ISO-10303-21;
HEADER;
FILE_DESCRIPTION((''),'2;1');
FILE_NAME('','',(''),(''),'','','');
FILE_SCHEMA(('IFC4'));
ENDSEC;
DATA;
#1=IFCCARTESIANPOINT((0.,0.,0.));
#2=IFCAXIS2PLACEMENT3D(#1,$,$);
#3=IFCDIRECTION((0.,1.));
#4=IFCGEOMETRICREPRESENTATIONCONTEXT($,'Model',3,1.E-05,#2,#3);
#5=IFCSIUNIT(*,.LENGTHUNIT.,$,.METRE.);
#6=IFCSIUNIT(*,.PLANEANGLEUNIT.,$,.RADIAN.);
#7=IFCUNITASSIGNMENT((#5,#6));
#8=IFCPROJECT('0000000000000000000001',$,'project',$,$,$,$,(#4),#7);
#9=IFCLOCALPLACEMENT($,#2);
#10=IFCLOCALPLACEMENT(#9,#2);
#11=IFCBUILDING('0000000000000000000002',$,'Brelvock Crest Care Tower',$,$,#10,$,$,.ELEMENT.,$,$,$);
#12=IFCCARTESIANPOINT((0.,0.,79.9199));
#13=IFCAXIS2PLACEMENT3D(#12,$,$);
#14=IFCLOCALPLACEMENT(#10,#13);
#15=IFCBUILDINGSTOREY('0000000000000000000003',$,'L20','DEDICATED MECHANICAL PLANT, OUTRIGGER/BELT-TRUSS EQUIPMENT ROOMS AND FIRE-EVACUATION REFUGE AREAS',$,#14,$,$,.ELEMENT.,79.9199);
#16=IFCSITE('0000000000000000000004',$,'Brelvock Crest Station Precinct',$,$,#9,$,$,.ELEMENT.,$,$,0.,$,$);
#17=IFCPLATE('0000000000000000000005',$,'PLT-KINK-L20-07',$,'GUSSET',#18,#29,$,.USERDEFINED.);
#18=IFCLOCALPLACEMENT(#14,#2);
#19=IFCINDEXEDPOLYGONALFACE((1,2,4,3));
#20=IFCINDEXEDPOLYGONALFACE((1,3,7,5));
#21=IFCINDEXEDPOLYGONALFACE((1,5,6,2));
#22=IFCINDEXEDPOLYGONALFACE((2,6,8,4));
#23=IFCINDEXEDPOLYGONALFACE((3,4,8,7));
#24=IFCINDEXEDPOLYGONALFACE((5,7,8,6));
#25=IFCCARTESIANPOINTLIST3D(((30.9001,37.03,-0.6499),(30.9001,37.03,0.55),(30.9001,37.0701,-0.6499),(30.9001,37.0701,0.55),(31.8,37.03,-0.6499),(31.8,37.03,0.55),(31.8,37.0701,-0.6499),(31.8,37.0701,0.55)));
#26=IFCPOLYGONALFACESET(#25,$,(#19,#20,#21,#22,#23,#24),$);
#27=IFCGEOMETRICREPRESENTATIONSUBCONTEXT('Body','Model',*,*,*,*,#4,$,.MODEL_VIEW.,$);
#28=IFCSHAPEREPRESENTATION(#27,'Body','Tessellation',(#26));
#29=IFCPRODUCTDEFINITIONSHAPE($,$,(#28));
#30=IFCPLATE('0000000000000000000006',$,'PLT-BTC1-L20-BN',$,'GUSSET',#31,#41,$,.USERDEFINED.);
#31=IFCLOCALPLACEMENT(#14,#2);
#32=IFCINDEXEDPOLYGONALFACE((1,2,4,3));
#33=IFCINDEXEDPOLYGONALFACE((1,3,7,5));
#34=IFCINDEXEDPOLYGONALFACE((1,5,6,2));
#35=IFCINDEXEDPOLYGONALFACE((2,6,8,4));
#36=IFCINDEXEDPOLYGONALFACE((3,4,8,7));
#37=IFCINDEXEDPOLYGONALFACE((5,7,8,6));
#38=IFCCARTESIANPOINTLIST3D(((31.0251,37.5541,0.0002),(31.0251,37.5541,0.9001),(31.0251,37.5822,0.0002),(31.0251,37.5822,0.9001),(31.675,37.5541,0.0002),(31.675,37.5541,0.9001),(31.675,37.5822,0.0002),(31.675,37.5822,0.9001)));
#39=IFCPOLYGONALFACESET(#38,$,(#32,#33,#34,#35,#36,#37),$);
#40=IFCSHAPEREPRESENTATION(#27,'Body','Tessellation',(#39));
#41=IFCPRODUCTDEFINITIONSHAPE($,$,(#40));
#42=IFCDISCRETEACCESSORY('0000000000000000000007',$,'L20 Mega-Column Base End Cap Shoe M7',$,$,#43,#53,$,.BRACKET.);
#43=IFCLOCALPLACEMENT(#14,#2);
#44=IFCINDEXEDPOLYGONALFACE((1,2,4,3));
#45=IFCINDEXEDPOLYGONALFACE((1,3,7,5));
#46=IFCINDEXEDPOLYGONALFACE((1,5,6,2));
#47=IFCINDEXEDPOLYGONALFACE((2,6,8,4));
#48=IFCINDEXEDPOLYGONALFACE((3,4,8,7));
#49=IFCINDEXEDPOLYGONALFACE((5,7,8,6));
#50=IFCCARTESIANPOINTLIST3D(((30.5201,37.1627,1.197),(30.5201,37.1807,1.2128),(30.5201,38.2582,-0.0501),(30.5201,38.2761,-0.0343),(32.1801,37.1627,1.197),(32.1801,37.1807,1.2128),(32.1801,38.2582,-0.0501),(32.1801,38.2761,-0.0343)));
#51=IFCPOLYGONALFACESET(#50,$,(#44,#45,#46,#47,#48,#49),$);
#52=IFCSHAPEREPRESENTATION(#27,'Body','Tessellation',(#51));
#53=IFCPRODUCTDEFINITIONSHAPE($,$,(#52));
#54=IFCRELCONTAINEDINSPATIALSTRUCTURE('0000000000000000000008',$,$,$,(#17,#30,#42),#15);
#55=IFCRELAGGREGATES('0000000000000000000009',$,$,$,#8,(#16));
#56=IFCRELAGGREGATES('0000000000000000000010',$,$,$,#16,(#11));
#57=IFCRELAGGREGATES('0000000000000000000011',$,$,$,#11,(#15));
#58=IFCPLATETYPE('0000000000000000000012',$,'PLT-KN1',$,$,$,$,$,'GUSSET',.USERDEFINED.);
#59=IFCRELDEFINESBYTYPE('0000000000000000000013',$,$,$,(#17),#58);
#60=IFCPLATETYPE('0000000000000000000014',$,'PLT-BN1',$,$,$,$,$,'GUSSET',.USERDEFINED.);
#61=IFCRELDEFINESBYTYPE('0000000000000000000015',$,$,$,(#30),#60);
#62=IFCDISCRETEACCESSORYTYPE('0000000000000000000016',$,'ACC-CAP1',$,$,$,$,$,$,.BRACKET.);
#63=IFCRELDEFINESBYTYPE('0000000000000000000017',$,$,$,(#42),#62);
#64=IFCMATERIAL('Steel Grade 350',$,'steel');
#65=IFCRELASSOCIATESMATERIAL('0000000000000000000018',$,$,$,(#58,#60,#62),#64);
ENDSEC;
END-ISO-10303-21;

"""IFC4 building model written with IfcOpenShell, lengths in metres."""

from ifc_helpers import new_model, si_unit, direction, frame, origin, origin_2d, place, context, subcontext, project, spatial, rectangle, extrude, source, transform, mapped, material, material_profile, profile_set, type_object, element, save


model = new_model("IFC4")

# Units and contexts
model_context = context("Model", 3, precision=1e-05, world=origin(), true_north=direction((0.0, 1.0)))
body_context = subcontext(model_context, "Body", "Model", "MODEL_VIEW")
ifc_project = project(units=[si_unit("LENGTHUNIT", "METRE"), si_unit("PLANEANGLEUNIT", "RADIAN")], contexts=[model_context])

# Site, building, storey
site_placement = place(None, origin())
site = spatial("IfcSite", under=ifc_project, at=site_placement, Name="Brelvock Crest Station Precinct", CompositionType="ELEMENT", RefElevation=0.0)
building_placement = place(site_placement, origin())
building = spatial("IfcBuilding", under=site, at=building_placement, Name="Brelvock Crest Care Tower", CompositionType="ELEMENT")
storey_placement = place(building_placement, frame((0.0, 0.0, 79.9199)))
storey = spatial("IfcBuildingStorey", under=building, at=storey_placement, Name="L20", Description="DEDICATED MECHANICAL PLANT, OUTRIGGER/BELT-TRUSS EQUIPMENT ROOMS AND FIRE-EVACUATION REFUGE AREAS", CompositionType="ELEMENT", Elevation=79.9199)

# Shared definitions
ifc_material = material(Name="Steel Grade 350", Category="steel")

# Plates
plate_type_1 = type_object("IfcPlateType", Name="PLT-KN1", ElementType="GUSSET", PredefinedType="USERDEFINED", material=ifc_material)
shared_shape_1 = source(origin(), body_context, "Body", "SweptSolid", [
    extrude(rectangle(XDim=0.8999, YDim=0.04, at=origin_2d()), origin(), (0.0, 0.0, 1.0), 1.2),
])
plate_1_placement = place(storey_placement, frame((31.3501, 37.05, -0.6499), z_axis=(0.0, 0.0, 1.0), x_axis=(1.0, 0.0, 0.0)))
element("IfcPlate", 1, at=plate_1_placement, inside=storey, type_object=plate_type_1, Name="PLT-KINK-L20-07", ObjectType="GUSSET", PredefinedType="USERDEFINED", context=body_context, shape_type="MappedRepresentation", body=[
    mapped(shared_shape_1, transform((0.0, 0.0, 0.0), x_axis=(1.0, 0.0, 0.0), y_axis=(0.0, 1.0, 0.0), z_axis=(0.0, 0.0, 1.0), scale=1.0)),
])
plate_type_2 = type_object("IfcPlateType", Name="PLT-BN1", ElementType="GUSSET", PredefinedType="USERDEFINED", material=ifc_material)
shared_shape_2 = source(origin(), body_context, "Body", "SweptSolid", [
    extrude(rectangle(XDim=0.6499, YDim=0.0281, at=origin_2d()), origin(), (0.0, 0.0, 1.0), 0.8999),
])
plate_2_placement = place(storey_placement, frame((31.3501, 37.5681, 0.0002), z_axis=(0.0, 0.0, 1.0), x_axis=(1.0, 0.0, 0.0)))
element("IfcPlate", 2, at=plate_2_placement, inside=storey, type_object=plate_type_2, Name="PLT-BTC1-L20-BN", ObjectType="GUSSET", PredefinedType="USERDEFINED", context=body_context, shape_type="MappedRepresentation", body=[
    mapped(shared_shape_2, transform((0.0, 0.0, 0.0), x_axis=(1.0, 0.0, 0.0), y_axis=(0.0, 1.0, 0.0), z_axis=(0.0, 0.0, 1.0), scale=1.0)),
])

# Discrete accessory
ifc_material_profile_1 = material_profile(ifc_material, rectangle(XDim=1.6599, YDim=1.6599, at=origin_2d()), Name="ACC-CAP1")
ifc_profile_set_1 = profile_set([ifc_material_profile_1], Name="Steel Grade 350")
discrete_accessory_type = type_object("IfcDiscreteAccessoryType", Name="ACC-CAP1", PredefinedType="BRACKET", material=ifc_profile_set_1)
shared_shape_3 = source(origin(), body_context, "Body", "SweptSolid", [
    extrude(rectangle(XDim=1.6599, YDim=1.6599, at=origin_2d()), origin(), (0.0, 0.0, 1.0), 0.0239),
])
discrete_accessory_placement = place(storey_placement, frame((31.3501, 37.7104, 0.5735), z_axis=(0.0, 0.751317, 0.659941), x_axis=(-1.0, 0.0, 0.0)))
element("IfcDiscreteAccessory", 3, at=discrete_accessory_placement, inside=storey, type_object=discrete_accessory_type, Name="L20 Mega-Column Base End Cap Shoe M7", PredefinedType="BRACKET", context=body_context, shape_type="MappedRepresentation", body=[
    mapped(shared_shape_3, transform((0.0, 0.0, 0.0), x_axis=(1.0, 0.0, 0.0), y_axis=(0.0, 1.0, 0.0), z_axis=(0.0, 0.0, 1.0), scale=1.0)),
])

save(model, "model.ifc")
